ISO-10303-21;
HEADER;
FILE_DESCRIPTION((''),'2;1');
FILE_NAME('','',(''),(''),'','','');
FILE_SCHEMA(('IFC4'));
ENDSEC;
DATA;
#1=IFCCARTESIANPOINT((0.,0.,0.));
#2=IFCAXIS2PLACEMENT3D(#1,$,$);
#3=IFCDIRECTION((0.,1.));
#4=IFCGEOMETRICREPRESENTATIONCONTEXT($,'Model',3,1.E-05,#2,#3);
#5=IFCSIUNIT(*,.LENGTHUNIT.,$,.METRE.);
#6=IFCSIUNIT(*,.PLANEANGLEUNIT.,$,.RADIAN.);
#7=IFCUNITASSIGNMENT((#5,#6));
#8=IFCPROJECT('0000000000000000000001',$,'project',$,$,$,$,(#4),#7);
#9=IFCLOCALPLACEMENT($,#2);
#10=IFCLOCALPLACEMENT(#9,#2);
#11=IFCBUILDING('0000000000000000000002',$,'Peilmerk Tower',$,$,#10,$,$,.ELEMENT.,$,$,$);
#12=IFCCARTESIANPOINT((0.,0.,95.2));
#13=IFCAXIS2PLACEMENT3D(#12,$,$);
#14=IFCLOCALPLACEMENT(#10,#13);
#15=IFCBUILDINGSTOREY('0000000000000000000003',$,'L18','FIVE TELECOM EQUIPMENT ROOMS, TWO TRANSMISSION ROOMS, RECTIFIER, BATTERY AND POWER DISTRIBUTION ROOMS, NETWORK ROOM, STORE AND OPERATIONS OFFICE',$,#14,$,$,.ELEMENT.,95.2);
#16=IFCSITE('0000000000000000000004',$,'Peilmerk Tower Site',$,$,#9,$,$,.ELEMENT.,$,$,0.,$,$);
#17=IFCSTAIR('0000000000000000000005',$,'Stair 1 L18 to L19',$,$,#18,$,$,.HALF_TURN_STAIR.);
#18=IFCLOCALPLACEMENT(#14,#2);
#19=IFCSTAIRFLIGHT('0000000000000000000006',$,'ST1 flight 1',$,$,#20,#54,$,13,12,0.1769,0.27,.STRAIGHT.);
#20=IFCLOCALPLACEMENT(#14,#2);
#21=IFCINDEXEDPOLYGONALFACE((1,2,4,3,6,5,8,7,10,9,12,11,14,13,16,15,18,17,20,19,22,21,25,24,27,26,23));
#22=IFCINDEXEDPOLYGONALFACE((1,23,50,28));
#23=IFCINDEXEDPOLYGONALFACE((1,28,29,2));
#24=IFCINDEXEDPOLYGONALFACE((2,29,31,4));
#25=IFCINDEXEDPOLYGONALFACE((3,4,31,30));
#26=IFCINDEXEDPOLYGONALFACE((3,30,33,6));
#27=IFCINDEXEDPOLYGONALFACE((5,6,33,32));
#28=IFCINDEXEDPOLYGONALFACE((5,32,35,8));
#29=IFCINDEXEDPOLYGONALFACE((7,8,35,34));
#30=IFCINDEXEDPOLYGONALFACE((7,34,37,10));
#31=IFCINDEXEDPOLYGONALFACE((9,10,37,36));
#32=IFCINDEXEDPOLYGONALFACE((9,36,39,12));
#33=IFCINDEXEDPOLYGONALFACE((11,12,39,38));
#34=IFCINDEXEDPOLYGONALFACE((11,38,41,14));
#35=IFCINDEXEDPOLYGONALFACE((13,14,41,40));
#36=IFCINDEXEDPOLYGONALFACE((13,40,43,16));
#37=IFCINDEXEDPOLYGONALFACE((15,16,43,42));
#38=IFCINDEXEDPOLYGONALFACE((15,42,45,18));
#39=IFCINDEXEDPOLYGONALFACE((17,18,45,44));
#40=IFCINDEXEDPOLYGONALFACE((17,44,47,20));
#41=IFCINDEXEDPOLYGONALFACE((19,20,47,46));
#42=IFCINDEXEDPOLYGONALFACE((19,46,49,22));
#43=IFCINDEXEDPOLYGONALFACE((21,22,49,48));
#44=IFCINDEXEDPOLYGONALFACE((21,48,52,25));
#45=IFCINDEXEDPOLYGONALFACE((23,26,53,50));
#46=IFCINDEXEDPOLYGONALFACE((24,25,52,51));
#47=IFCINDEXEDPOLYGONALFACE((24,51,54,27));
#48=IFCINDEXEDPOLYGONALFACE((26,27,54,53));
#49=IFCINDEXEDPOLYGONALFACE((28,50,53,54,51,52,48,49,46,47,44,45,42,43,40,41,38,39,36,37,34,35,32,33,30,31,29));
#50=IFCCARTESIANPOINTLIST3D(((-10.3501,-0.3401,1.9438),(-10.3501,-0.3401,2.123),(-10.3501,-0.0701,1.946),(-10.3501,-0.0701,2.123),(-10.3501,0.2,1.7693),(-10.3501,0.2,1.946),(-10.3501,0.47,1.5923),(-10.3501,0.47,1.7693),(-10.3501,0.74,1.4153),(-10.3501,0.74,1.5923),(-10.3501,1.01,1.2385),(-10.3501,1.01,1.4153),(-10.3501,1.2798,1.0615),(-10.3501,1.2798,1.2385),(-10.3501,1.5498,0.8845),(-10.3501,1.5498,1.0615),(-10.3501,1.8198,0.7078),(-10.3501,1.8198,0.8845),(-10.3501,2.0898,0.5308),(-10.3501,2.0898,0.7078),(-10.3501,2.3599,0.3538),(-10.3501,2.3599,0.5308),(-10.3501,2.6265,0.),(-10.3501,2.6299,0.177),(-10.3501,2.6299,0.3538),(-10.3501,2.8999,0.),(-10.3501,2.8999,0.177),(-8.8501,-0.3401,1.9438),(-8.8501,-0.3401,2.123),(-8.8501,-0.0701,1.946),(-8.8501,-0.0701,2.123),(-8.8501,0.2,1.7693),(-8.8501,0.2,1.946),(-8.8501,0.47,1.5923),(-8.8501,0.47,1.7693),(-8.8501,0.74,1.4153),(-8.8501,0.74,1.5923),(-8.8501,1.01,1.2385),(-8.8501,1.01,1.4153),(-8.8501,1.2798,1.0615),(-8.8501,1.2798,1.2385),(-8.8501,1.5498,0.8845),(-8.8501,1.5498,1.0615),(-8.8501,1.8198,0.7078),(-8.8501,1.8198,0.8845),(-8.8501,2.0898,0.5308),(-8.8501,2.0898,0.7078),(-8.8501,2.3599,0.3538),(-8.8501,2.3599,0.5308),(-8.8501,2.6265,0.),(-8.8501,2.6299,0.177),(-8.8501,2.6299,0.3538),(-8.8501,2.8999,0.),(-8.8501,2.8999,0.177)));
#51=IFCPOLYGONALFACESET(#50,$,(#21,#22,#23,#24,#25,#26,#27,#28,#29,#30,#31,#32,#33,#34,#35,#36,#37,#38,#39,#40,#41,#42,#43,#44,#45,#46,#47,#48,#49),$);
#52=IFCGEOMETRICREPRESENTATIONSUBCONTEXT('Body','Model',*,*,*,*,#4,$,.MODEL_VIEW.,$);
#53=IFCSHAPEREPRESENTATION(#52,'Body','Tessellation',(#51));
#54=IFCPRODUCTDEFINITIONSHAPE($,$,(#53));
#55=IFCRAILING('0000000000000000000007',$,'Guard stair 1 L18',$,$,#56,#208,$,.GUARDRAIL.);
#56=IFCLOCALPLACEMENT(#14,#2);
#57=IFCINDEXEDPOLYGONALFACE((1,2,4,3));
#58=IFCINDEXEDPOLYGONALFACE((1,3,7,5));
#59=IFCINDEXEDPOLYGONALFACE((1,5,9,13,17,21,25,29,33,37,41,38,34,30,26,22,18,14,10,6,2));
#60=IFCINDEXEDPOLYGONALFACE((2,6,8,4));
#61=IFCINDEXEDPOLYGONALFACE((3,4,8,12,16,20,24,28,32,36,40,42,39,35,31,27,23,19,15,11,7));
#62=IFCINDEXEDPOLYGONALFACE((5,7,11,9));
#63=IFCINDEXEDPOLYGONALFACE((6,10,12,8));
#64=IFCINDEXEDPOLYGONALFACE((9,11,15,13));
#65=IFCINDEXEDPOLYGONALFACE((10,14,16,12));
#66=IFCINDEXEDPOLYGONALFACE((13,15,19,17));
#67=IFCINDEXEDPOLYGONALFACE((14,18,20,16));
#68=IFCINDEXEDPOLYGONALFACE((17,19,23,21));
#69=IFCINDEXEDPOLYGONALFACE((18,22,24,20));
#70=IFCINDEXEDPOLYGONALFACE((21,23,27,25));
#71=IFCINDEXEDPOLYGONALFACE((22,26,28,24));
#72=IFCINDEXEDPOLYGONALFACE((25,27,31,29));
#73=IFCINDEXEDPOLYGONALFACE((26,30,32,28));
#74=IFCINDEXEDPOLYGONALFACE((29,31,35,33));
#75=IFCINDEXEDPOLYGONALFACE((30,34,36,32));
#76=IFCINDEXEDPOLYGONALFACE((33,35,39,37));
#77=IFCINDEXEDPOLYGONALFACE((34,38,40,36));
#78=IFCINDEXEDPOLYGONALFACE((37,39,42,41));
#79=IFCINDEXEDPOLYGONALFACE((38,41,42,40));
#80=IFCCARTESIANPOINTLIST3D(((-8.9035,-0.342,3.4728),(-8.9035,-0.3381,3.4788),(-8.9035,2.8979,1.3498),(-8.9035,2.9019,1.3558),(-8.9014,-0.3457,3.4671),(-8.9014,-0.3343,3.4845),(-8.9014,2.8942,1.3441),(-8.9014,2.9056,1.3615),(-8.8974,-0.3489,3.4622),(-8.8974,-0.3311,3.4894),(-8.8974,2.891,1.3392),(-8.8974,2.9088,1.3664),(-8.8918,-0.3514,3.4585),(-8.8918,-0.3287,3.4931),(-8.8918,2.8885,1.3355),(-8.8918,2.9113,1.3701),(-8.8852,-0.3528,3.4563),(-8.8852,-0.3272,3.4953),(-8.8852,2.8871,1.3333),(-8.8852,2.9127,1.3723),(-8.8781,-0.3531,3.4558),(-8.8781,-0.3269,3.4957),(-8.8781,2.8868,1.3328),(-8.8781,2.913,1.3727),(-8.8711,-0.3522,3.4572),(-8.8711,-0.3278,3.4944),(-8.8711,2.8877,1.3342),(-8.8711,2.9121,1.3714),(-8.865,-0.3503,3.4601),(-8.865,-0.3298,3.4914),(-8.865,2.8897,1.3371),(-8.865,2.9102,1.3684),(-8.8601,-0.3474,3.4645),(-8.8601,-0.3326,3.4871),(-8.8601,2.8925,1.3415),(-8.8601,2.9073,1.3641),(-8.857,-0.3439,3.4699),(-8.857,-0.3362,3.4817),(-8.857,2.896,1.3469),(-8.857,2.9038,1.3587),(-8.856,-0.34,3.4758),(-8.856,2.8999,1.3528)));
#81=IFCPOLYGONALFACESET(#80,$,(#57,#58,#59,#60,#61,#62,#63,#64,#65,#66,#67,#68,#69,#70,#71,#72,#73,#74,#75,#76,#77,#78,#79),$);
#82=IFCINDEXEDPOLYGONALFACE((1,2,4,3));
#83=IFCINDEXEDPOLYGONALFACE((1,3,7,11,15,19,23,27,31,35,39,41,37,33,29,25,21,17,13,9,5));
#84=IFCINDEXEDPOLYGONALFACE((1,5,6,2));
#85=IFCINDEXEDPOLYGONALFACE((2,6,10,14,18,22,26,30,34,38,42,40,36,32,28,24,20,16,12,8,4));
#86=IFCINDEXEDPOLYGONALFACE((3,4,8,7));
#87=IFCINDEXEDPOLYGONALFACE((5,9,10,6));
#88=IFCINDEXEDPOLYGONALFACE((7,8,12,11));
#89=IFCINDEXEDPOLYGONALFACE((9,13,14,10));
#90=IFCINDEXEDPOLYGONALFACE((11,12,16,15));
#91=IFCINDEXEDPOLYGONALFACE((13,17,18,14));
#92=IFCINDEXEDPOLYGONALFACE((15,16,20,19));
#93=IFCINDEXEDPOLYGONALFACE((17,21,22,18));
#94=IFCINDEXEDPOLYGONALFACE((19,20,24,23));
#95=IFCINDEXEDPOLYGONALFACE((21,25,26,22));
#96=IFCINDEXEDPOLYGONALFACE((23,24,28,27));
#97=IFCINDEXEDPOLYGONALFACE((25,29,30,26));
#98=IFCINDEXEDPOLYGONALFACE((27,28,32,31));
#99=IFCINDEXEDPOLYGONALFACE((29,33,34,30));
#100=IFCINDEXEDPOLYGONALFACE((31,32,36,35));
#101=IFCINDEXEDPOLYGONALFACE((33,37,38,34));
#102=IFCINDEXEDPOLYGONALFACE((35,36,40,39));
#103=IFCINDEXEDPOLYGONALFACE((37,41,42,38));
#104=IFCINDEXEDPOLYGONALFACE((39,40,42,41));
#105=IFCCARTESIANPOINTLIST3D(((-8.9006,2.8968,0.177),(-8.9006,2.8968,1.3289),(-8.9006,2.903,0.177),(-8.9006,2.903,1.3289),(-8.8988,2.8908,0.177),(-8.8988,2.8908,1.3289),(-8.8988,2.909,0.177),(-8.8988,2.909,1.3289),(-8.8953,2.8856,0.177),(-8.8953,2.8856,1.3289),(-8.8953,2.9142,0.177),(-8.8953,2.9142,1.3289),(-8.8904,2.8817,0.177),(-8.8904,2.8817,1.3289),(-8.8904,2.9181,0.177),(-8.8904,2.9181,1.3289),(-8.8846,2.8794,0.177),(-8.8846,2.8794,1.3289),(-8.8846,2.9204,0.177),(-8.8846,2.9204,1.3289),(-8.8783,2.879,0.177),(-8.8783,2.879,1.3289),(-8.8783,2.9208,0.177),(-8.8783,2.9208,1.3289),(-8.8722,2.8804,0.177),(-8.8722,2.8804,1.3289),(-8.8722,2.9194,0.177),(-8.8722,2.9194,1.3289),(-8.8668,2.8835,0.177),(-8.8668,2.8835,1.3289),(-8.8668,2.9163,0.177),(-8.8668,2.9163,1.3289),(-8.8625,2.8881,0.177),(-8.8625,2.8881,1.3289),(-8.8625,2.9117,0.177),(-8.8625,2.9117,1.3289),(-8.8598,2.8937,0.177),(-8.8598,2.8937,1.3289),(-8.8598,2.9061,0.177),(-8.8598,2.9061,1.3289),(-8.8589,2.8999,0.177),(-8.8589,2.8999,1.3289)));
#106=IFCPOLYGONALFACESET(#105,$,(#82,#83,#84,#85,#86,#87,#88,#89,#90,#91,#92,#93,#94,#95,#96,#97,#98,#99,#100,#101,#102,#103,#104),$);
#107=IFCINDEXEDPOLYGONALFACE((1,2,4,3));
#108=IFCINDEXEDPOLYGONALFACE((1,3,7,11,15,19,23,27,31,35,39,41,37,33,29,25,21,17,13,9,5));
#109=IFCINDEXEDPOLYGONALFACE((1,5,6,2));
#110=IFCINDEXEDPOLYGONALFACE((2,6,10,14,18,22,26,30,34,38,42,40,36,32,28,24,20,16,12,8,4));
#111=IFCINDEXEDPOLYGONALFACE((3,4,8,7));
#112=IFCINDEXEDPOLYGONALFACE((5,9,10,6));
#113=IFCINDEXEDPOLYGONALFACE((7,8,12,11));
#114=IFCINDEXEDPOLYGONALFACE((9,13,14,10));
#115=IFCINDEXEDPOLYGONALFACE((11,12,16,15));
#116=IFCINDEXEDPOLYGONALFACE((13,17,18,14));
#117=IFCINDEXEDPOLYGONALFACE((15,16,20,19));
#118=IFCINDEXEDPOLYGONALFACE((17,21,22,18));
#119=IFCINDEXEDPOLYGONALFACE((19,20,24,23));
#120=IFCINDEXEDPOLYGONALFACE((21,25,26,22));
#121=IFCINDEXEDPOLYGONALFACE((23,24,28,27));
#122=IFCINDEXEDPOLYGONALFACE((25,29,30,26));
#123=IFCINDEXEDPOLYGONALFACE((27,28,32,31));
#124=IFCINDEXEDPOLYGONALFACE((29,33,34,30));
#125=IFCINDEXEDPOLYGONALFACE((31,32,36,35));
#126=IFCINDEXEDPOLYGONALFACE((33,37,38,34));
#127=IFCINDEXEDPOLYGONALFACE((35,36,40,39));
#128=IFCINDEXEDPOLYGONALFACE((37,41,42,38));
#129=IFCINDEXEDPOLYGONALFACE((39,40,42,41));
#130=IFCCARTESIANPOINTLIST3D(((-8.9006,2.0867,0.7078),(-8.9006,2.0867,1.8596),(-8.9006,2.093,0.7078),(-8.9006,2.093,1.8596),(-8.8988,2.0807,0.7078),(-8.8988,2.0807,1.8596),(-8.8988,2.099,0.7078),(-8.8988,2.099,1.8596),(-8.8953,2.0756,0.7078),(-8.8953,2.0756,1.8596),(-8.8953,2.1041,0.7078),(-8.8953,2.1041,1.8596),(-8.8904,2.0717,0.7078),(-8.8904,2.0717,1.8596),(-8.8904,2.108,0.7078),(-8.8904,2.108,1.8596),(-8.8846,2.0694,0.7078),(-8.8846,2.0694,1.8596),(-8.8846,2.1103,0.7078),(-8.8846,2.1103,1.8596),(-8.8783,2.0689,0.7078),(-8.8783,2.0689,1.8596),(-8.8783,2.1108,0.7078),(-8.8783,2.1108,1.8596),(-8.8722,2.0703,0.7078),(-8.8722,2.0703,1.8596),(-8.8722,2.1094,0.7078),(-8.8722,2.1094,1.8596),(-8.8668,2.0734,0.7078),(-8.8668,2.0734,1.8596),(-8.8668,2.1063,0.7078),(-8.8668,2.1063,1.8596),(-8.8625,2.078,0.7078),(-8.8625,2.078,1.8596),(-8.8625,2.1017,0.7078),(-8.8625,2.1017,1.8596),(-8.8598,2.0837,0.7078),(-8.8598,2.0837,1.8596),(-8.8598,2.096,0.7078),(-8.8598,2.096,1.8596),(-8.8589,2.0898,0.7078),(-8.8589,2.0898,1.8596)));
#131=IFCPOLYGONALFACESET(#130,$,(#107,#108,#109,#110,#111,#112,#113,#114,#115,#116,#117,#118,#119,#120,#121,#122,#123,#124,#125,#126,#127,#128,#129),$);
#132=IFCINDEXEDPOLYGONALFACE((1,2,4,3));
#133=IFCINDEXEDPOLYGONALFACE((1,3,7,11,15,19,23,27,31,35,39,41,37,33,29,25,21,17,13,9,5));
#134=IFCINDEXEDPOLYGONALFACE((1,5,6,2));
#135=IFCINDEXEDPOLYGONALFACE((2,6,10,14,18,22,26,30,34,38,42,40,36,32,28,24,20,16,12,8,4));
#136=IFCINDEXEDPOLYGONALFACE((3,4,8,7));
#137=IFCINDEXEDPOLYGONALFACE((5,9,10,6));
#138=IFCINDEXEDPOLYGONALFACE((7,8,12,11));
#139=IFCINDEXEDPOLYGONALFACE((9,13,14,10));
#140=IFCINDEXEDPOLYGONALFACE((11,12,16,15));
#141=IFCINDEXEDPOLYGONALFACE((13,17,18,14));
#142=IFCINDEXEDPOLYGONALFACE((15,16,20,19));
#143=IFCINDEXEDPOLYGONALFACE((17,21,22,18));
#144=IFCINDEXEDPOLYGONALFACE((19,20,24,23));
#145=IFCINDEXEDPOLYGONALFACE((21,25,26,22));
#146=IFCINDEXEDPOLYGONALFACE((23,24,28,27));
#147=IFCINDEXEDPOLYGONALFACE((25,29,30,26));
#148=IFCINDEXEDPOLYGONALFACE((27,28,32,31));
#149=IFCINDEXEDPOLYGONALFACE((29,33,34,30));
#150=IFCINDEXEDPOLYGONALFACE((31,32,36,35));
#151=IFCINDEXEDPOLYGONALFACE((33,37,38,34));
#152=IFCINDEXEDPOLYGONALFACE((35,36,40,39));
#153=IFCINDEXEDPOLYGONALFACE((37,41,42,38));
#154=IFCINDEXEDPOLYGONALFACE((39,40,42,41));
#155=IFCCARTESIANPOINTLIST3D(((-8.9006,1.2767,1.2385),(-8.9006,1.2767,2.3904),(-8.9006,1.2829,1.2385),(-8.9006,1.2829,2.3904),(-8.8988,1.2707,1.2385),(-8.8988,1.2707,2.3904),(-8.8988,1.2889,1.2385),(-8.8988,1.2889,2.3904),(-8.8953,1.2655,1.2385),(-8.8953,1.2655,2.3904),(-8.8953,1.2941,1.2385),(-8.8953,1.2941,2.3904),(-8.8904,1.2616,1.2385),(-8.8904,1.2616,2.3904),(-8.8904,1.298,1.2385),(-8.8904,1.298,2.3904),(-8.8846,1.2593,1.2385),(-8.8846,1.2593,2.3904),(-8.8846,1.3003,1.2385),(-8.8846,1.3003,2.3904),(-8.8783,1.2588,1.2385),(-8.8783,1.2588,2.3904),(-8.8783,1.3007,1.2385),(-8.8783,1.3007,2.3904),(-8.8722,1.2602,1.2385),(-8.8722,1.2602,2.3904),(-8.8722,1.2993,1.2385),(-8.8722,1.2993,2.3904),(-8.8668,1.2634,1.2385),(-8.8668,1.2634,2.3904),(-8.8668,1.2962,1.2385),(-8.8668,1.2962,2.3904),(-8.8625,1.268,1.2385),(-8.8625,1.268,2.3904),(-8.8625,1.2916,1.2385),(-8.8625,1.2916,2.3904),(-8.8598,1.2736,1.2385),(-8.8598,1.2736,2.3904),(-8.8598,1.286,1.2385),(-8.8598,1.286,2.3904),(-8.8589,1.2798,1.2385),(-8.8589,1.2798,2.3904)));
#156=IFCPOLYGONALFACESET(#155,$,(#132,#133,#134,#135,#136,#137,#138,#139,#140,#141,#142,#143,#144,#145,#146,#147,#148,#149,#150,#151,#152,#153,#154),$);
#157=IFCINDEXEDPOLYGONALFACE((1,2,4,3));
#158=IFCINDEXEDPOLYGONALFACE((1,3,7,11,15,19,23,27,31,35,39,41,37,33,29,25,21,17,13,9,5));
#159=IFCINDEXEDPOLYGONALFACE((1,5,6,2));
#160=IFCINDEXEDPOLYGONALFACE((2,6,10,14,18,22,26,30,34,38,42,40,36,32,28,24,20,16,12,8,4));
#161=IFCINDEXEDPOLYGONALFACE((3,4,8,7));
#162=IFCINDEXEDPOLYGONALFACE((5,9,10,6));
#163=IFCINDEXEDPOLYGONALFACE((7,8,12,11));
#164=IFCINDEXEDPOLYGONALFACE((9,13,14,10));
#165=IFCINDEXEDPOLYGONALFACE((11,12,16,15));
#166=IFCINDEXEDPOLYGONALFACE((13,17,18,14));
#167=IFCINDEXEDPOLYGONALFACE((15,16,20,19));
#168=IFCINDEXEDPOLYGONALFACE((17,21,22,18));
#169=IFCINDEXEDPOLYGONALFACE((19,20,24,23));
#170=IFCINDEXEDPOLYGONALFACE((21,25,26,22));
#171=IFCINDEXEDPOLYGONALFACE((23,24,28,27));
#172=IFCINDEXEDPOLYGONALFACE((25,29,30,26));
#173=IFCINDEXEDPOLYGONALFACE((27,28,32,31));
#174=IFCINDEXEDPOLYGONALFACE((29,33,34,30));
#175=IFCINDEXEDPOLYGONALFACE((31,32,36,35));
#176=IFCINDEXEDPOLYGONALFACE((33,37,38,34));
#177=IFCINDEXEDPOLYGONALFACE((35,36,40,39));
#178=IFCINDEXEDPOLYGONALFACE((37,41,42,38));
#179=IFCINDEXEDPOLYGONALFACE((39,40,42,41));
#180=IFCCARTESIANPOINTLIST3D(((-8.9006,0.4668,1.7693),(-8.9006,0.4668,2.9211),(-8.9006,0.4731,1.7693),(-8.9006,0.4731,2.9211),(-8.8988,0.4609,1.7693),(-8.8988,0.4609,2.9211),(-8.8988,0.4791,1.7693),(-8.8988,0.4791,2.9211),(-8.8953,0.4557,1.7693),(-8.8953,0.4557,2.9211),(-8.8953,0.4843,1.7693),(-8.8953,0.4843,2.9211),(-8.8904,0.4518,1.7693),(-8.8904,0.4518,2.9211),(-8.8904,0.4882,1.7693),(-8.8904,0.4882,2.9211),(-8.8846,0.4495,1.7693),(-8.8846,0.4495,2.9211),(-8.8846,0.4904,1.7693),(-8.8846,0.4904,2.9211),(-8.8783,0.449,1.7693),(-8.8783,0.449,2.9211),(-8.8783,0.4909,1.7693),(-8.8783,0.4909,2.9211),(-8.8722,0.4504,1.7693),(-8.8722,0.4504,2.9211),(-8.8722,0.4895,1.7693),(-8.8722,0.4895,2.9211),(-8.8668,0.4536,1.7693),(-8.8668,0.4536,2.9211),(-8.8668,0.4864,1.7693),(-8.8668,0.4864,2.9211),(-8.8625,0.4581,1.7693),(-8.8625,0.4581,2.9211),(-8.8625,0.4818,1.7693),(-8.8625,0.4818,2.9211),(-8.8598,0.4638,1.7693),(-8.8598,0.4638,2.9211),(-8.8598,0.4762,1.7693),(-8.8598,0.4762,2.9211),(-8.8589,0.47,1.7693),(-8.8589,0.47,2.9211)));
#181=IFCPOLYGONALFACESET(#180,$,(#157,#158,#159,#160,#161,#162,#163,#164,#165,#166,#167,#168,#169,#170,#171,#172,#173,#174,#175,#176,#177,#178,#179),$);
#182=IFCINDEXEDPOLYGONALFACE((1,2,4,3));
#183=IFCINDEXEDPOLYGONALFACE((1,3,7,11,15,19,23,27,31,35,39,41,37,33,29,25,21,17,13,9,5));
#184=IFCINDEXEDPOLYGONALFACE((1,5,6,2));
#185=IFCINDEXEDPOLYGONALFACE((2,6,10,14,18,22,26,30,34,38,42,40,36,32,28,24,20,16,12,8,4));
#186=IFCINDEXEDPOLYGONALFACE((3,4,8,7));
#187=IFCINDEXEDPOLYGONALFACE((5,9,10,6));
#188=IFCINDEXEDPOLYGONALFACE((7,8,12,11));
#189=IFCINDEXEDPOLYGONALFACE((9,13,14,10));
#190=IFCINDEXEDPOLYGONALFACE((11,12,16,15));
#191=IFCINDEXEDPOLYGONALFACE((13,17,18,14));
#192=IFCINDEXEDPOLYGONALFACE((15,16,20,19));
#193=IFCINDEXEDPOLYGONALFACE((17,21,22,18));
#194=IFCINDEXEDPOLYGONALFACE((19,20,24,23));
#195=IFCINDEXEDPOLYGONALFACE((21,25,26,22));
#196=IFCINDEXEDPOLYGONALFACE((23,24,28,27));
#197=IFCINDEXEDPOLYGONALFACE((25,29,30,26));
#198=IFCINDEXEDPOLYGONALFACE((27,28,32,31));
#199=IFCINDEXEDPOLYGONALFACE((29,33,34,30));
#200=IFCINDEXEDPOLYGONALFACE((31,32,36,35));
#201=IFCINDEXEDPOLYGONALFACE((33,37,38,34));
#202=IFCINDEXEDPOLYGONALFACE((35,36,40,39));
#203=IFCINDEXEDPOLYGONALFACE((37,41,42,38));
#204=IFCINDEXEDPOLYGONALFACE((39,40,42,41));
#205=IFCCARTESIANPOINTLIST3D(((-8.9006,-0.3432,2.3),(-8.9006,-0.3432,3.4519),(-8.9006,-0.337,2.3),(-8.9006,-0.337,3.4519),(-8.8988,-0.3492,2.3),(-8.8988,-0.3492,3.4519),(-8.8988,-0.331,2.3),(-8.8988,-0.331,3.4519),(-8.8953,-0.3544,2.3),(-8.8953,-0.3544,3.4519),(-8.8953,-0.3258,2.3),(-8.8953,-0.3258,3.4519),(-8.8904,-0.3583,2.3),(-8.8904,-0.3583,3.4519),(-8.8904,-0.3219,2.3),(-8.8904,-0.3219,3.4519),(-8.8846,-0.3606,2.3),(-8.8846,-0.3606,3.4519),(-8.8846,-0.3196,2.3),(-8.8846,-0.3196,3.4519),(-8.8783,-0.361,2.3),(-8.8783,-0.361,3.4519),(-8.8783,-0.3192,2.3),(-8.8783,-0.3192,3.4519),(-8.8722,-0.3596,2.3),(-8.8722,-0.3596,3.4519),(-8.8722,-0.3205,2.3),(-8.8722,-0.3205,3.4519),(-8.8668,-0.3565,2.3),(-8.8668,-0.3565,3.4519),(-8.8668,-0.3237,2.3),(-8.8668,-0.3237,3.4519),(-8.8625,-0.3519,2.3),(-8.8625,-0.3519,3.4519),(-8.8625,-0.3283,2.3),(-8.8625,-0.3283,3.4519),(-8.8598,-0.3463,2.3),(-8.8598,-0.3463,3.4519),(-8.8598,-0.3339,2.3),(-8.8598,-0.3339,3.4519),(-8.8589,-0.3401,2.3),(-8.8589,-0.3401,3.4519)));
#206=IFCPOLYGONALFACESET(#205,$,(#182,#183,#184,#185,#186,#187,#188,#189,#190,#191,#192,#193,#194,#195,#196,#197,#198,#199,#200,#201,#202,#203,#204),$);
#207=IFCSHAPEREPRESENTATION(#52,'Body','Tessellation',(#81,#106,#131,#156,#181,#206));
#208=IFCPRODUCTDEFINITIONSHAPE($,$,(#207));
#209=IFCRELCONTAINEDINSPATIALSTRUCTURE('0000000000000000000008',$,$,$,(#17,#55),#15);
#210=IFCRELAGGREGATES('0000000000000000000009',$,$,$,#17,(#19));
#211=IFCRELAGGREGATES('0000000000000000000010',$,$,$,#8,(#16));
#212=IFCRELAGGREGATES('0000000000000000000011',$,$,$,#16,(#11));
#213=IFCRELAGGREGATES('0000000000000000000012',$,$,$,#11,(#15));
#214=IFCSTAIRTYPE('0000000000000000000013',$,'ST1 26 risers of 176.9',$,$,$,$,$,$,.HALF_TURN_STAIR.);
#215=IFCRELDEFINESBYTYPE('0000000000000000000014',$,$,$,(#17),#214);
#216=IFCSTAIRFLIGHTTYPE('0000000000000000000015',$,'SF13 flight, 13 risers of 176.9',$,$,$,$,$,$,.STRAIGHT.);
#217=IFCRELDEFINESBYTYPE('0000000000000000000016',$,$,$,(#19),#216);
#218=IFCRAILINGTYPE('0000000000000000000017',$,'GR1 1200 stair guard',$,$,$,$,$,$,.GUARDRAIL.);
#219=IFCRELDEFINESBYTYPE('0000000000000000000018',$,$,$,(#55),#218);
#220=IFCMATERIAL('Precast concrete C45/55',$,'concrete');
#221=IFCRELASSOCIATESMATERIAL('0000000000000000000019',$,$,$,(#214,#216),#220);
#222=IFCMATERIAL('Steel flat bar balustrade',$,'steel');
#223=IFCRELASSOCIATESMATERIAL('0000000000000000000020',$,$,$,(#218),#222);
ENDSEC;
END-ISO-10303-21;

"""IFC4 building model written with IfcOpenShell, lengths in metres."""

from ifc_helpers import new_model, si_unit, direction, frame, origin, origin_2d, place, context, subcontext, project, spatial, polyline, circle, outline, extrude, material, type_object, element, aggregate, save


model = new_model("IFC4")

# Units and contexts
model_context = context("Model", 3, precision=1e-05, world=origin(), true_north=direction((0.0, 1.0)))
body_context = subcontext(model_context, "Body", "Model", "MODEL_VIEW")
ifc_project = project(units=[si_unit("LENGTHUNIT", "METRE"), si_unit("PLANEANGLEUNIT", "RADIAN")], contexts=[model_context])

# Site, building, storey
site_placement = place(None, origin())
site = spatial("IfcSite", under=ifc_project, at=site_placement, Name="Peilmerk Tower Site", CompositionType="ELEMENT", RefElevation=0.0)
building_placement = place(site_placement, origin())
building = spatial("IfcBuilding", under=site, at=building_placement, Name="Peilmerk Tower", CompositionType="ELEMENT")
storey_placement = place(building_placement, frame((0.0, 0.0, 95.2)))
storey = spatial("IfcBuildingStorey", under=building, at=storey_placement, Name="L18", Description="FIVE TELECOM EQUIPMENT ROOMS, TWO TRANSMISSION ROOMS, RECTIFIER, BATTERY AND POWER DISTRIBUTION ROOMS, NETWORK ROOM, STORE AND OPERATIONS OFFICE", CompositionType="ELEMENT", Elevation=95.2)

# Stair, stair flight
ifc_material_1 = material(Name="Precast concrete C45/55", Category="concrete")
stair_type = type_object("IfcStairType", Name="ST1 26 risers of 176.9", PredefinedType="HALF_TURN_STAIR", material=ifc_material_1)
stair_placement = place(storey_placement, origin())
stair = element("IfcStair", 1, at=stair_placement, inside=storey, type_object=stair_type, Name="Stair 1 L18 to L19", PredefinedType="HALF_TURN_STAIR")
stair_flight_type = type_object("IfcStairFlightType", Name="SF13 flight, 13 risers of 176.9", PredefinedType="STRAIGHT", material=ifc_material_1)
stair_flight_placement = place(storey_placement, frame((-9.6001, 2.8999, 0.0), z_axis=(0.0, 0.0, 1.0), x_axis=(0.0, -1.0, 0.0)))
stair_flight = element("IfcStairFlight", 2, at=stair_flight_placement, type_object=stair_flight_type, Name="ST1 flight 1", NumberOfRisers=13, NumberOfTreads=12, PredefinedType="STRAIGHT", RiserHeight=0.1769, TreadLength=0.27, context=body_context, shape_type="SweptSolid", body=[
    extrude(outline(polyline([(0.0, 0.0), (0.0, 0.177), (0.27, 0.177), (0.27, 0.3538), (0.54, 0.3538), (0.54, 0.5308), (0.8101, 0.5308), (0.8101, 0.7078), (1.0801, 0.7078), (1.0801, 0.8845), (1.3501, 0.8845), (1.3501, 1.0615), (1.6201, 1.0615), (1.6201, 1.2385), (1.8899, 1.2385), (1.8899, 1.4153), (2.1599, 1.4153), (2.1599, 1.5923), (2.4299, 1.5923), (2.4299, 1.7693), (2.7, 1.7693), (2.7, 1.946), (2.97, 1.946), (2.97, 2.123), (3.24, 2.123), (3.24, 2.3), (3.24, 1.9438), (0.2734, 0.0), (0.0, 0.0)])), frame((0.0, 0.75, 0.0), z_axis=(0.0, -1.0, 0.0), x_axis=(1.0, 0.0, 0.0)), (0.0, 0.0, 1.0), 1.5),
])
aggregate(stair, [stair_flight])

# Railing
ifc_material_2 = material(Name="Steel flat bar balustrade", Category="steel")
railing_type_1 = type_object("IfcRailingType", Name="GR1 1200 stair guard", PredefinedType="GUARDRAIL", material=ifc_material_2)
railing_1_placement = place(storey_placement, frame((-8.8799, 2.8999, 0.177)))
element("IfcRailing", 3, at=railing_1_placement, inside=storey, type_object=railing_type_1, Name="Guard stair 1 L18", PredefinedType="GUARDRAIL", context=body_context, shape_type="SweptSolid", body=[
    extrude(circle(Radius=0.0239, at=origin_2d()), frame((0.0, 0.0, 1.1758), z_axis=(0.0, -0.836426, 0.548079), x_axis=(1.0, 0.0, 0.0)), (0.0, 0.0, 1.0), 3.8735),
    extrude(circle(Radius=0.021, at=origin_2d()), origin(), (0.0, 0.0, 1.0), 1.1519),
    extrude(circle(Radius=0.021, at=origin_2d()), frame((0.0, -0.8101, 0.5308)), (0.0, 0.0, 1.0), 1.1519),
    extrude(circle(Radius=0.021, at=origin_2d()), frame((0.0, -1.6201, 1.0615)), (0.0, 0.0, 1.0), 1.1519),
    extrude(circle(Radius=0.021, at=origin_2d()), frame((0.0, -2.4299, 1.5923)), (0.0, 0.0, 1.0), 1.1519),
    extrude(circle(Radius=0.021, at=origin_2d()), frame((0.0, -3.24, 2.123)), (0.0, 0.0, 1.0), 1.1519),
])

save(model, "model.ifc")
